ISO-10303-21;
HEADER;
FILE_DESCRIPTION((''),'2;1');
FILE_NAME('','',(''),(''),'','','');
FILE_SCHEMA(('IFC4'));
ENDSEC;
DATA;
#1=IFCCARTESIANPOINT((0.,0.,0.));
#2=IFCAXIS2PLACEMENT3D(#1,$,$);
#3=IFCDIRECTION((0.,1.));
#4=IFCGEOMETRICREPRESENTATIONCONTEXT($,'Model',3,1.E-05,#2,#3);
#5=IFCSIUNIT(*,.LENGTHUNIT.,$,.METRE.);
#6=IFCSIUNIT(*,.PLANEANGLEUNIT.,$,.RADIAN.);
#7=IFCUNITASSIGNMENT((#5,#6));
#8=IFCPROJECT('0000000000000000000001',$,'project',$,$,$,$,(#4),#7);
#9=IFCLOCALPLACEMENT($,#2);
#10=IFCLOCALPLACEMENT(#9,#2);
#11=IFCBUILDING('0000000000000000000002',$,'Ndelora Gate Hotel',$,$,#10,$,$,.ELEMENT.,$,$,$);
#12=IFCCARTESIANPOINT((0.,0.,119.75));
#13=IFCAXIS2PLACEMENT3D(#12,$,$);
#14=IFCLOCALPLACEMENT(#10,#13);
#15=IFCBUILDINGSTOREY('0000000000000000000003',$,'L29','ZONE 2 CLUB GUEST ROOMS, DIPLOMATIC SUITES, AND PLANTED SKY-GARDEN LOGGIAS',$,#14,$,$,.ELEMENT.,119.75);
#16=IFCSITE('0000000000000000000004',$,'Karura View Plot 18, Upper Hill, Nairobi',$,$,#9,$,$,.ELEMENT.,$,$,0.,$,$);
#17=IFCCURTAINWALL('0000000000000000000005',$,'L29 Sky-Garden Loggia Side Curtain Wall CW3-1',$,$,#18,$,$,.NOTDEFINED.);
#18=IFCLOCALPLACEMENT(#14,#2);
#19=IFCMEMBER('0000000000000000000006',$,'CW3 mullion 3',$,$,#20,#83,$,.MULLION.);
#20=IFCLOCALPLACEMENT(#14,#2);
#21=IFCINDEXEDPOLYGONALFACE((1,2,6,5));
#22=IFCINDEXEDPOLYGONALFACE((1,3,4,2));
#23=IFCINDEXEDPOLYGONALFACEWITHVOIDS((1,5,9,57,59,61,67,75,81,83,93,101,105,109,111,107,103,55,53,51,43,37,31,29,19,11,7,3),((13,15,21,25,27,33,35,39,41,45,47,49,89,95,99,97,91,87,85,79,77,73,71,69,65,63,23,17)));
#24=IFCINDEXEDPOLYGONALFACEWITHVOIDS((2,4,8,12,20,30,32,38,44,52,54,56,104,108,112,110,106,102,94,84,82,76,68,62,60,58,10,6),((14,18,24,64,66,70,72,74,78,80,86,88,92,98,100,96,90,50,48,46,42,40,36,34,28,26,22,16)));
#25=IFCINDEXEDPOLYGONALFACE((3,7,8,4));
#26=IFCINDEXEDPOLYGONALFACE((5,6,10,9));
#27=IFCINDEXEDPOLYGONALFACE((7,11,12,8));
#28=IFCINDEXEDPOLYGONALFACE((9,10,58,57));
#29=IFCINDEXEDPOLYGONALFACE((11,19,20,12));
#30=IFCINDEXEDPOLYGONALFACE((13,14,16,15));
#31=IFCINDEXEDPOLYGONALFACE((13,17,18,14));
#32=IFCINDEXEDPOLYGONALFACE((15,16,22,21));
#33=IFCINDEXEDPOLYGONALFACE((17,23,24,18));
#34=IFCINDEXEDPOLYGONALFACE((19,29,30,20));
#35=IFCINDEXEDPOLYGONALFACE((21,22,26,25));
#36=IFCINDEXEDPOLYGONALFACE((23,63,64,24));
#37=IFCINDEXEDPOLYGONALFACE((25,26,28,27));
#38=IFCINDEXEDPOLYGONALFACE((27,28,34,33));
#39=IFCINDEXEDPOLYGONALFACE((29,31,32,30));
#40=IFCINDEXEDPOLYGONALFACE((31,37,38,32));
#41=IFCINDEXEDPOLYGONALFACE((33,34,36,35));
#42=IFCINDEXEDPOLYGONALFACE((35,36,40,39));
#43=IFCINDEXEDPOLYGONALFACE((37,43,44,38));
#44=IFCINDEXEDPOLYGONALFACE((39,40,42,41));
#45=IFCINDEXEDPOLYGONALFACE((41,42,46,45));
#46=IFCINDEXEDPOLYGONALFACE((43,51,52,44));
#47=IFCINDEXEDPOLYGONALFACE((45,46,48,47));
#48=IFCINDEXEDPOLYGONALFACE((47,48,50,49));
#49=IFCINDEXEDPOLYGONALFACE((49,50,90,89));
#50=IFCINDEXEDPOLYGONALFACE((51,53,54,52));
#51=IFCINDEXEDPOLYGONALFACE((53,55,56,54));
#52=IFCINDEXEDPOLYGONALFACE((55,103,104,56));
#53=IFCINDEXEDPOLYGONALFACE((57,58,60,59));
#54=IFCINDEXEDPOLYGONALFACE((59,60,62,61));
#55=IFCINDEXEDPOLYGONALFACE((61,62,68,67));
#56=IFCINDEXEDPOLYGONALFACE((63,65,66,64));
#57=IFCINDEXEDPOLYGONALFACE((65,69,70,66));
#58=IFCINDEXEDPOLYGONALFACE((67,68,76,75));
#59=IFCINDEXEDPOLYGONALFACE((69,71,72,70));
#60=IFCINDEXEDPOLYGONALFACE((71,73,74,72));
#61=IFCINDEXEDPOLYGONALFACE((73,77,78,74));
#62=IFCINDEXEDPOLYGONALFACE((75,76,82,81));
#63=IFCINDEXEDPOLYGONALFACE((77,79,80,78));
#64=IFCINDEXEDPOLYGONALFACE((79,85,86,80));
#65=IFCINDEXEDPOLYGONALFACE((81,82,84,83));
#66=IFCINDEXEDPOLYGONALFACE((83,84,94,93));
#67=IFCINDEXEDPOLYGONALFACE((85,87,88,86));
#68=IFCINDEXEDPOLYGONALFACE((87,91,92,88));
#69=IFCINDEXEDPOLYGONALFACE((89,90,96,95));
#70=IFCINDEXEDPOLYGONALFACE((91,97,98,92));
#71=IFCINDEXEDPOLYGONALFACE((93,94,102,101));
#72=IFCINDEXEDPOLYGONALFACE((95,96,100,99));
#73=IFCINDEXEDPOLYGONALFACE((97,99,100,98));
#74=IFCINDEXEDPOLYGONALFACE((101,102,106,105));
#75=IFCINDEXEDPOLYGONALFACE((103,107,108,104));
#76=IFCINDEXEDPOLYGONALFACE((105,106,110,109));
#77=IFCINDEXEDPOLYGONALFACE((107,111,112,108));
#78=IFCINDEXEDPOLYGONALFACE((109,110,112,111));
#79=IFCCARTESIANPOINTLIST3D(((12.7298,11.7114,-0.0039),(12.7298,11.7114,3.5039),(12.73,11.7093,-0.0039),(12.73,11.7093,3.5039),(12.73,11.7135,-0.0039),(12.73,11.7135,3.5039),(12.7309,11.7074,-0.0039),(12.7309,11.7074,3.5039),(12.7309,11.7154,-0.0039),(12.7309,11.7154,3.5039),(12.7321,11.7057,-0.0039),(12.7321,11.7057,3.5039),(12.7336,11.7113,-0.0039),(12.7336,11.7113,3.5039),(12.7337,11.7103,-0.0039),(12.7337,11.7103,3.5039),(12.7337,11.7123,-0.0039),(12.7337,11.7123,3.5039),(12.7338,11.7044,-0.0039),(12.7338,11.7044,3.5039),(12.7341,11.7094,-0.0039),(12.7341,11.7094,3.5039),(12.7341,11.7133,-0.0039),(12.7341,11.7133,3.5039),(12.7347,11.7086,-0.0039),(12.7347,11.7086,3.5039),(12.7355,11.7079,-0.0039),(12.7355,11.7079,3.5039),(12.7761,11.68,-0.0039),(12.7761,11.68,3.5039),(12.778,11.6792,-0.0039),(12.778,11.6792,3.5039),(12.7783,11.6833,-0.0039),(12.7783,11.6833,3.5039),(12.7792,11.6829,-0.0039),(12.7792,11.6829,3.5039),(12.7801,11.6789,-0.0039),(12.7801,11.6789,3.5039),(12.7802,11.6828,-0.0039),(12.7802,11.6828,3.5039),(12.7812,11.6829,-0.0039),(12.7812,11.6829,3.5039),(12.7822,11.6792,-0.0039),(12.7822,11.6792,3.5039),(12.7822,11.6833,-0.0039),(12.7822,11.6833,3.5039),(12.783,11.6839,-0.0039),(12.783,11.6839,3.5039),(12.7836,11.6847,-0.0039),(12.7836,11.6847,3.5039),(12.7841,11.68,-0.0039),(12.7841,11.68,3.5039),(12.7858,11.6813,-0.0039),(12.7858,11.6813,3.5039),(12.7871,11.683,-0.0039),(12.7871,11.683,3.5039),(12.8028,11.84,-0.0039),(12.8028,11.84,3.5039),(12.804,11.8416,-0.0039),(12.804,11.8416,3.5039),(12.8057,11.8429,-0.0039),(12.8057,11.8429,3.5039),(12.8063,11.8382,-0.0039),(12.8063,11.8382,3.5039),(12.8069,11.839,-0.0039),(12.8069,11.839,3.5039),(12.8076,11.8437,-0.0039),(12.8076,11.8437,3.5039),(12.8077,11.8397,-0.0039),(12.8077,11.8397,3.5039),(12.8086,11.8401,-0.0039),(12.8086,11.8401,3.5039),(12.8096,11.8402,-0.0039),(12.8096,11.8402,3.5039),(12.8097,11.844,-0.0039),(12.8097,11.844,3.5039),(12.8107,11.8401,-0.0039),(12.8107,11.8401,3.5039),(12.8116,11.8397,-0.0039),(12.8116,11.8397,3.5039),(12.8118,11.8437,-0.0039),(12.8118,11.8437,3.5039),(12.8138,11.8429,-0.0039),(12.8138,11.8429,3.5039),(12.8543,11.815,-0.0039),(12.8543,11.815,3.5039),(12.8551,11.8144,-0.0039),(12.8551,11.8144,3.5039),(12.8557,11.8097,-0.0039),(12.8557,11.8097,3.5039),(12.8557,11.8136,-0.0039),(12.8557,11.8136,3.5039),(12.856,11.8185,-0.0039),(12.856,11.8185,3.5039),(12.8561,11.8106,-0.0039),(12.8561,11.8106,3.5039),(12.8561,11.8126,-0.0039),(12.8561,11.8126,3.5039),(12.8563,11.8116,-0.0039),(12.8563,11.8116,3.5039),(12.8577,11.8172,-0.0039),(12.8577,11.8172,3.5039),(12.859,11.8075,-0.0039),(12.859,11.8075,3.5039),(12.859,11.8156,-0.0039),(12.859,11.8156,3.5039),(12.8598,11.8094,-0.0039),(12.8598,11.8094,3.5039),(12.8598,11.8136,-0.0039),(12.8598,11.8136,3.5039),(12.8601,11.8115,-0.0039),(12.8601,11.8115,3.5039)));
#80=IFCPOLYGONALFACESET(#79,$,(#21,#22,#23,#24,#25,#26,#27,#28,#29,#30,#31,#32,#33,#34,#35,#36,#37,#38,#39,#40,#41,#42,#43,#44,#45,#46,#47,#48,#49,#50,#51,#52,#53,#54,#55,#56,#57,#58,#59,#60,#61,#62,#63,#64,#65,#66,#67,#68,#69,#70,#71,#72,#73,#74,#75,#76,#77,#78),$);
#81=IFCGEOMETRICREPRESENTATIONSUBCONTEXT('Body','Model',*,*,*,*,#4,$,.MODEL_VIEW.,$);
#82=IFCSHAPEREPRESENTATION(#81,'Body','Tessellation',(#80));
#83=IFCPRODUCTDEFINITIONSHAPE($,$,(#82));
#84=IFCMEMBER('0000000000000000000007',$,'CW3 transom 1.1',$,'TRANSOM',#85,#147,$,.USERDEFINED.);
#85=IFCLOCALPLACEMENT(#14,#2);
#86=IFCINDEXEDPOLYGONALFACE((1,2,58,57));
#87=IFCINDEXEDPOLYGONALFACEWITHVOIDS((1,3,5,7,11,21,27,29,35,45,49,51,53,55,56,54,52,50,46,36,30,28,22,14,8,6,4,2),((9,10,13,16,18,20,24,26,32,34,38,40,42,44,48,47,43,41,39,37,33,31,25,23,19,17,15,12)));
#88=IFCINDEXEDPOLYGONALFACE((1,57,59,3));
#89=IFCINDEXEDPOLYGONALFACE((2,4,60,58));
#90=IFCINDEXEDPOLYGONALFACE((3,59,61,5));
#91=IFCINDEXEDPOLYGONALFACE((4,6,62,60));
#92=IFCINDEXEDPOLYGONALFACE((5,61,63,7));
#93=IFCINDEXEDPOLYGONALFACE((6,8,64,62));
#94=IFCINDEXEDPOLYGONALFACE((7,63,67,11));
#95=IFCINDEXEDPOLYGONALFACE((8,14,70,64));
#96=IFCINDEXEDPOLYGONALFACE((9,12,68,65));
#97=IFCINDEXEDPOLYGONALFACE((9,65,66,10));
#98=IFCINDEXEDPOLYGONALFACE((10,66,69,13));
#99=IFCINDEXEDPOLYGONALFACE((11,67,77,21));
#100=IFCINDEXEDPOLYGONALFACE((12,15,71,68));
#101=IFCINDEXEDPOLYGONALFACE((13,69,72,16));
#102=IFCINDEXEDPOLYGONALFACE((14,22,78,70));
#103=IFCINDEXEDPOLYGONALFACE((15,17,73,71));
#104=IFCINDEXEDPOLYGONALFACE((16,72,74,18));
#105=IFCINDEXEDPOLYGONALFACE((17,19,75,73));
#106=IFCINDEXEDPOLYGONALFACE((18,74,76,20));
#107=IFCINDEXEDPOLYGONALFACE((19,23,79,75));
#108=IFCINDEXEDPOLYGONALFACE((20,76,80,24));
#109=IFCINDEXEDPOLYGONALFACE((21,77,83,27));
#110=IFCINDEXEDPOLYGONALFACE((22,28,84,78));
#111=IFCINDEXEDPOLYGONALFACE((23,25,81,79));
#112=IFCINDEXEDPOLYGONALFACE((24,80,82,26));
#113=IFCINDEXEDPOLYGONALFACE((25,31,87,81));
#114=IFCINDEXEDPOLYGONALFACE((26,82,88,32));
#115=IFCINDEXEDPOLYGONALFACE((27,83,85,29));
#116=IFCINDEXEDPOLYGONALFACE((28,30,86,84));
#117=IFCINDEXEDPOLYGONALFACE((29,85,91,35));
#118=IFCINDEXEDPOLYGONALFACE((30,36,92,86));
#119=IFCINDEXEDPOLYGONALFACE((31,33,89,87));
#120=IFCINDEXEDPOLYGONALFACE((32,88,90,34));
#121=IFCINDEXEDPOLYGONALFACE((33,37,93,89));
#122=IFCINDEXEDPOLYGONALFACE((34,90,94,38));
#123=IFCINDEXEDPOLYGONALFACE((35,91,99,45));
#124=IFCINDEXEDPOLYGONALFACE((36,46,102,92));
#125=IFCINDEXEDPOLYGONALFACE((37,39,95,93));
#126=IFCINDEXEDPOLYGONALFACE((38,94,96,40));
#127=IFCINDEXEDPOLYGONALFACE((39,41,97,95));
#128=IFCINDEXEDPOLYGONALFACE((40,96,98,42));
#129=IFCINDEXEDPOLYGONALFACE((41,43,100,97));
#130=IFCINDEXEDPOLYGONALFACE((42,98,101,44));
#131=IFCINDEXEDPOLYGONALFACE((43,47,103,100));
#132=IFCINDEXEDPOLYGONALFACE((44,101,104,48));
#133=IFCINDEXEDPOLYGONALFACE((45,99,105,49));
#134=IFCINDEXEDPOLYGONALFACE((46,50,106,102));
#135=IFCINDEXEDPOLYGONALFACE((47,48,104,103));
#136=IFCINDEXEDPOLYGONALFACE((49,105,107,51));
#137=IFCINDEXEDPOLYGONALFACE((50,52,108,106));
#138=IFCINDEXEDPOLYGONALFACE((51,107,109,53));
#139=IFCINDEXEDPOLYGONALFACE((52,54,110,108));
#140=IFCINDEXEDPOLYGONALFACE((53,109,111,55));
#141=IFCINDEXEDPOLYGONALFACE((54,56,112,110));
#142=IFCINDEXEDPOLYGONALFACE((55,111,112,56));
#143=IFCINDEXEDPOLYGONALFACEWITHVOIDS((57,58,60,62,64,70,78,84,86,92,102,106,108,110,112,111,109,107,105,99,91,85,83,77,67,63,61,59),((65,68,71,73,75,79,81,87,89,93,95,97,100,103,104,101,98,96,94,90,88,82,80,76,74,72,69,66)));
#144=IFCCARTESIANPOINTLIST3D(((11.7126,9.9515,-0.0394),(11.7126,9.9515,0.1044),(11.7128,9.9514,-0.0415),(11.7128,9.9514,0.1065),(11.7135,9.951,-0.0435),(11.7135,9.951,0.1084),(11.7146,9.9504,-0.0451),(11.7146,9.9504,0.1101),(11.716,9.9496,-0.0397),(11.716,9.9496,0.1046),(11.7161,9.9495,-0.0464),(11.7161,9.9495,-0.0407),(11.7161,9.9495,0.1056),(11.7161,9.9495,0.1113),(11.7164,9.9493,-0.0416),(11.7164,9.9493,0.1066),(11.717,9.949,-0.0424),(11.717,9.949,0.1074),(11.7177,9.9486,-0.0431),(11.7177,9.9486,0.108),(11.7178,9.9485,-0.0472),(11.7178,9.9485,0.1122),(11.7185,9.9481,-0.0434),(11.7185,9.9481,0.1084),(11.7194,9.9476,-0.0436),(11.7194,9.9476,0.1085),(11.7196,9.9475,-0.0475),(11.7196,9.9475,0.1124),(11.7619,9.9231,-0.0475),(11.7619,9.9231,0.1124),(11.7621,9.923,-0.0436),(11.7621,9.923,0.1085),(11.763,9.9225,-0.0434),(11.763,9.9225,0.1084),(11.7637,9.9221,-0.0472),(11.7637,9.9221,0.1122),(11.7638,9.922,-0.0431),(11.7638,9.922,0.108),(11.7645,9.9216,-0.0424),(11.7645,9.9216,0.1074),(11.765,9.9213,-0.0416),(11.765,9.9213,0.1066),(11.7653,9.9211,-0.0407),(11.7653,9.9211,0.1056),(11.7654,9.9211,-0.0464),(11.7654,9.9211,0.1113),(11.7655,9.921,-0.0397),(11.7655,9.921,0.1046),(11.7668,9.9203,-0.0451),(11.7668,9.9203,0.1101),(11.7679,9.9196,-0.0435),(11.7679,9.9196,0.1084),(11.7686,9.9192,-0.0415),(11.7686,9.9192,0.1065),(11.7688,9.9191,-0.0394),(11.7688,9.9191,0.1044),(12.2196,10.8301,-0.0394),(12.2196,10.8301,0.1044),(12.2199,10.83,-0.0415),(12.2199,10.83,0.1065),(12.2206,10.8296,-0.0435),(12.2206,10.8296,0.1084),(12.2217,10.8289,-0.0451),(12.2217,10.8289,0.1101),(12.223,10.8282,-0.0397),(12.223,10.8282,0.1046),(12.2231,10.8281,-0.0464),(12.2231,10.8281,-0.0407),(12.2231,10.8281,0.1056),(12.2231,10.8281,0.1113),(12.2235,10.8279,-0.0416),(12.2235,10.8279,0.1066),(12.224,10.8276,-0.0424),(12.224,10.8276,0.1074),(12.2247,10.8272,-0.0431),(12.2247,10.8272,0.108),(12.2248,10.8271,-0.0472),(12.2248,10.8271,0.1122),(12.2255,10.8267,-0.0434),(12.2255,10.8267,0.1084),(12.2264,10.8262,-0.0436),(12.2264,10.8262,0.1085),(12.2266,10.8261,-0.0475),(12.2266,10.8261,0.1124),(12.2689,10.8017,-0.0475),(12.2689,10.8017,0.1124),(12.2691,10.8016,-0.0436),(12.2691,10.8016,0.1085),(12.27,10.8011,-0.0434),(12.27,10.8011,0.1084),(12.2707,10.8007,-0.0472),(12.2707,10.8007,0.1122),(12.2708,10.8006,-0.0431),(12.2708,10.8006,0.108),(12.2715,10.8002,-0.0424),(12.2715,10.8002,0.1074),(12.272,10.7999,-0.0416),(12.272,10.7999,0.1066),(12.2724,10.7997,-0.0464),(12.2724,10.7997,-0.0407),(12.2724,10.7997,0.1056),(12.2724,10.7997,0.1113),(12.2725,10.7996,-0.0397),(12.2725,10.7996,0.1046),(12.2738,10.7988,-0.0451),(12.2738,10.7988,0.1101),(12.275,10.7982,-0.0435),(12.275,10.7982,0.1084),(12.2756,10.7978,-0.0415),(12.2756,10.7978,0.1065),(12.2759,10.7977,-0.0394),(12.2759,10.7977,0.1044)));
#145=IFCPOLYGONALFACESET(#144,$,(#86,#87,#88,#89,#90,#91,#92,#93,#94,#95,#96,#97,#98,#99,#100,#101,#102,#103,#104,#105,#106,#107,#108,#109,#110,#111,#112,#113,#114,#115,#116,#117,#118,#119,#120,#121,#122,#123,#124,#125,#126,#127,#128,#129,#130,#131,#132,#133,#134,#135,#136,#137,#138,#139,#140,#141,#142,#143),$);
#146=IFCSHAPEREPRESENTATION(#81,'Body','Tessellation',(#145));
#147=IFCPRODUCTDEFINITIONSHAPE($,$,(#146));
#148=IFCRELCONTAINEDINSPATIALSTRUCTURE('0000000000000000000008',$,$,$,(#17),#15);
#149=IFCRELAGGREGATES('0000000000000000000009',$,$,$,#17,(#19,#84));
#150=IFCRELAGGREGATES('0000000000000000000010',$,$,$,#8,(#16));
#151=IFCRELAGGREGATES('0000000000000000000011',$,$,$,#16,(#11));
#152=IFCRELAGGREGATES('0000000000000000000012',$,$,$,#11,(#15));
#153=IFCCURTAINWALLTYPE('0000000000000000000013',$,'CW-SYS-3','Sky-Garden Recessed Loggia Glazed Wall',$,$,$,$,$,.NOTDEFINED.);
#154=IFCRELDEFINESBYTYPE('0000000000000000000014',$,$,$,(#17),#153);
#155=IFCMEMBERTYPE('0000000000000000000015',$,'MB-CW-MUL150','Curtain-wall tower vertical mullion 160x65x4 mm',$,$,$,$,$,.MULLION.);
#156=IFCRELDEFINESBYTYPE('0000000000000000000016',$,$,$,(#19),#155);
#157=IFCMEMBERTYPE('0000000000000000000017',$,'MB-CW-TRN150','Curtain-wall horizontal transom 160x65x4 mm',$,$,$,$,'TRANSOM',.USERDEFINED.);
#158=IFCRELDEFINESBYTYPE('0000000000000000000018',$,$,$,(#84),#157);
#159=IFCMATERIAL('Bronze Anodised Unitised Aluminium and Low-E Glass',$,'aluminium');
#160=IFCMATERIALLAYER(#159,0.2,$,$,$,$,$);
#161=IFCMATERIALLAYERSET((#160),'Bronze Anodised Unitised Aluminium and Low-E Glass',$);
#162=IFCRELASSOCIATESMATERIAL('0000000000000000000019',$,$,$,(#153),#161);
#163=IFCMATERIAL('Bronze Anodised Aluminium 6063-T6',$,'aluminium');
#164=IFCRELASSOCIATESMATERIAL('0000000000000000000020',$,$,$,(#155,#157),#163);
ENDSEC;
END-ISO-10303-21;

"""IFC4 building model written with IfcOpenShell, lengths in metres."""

from ifc_helpers import new_model, si_unit, direction, frame, origin, origin_2d, place, context, subcontext, project, spatial, hollow_rectangle, extrude, material, layer, layer_set, material_profile, profile_set, type_object, element, aggregate, save


model = new_model("IFC4")

# Units and contexts
model_context = context("Model", 3, precision=1e-05, world=origin(), true_north=direction((0.0, 1.0)))
body_context = subcontext(model_context, "Body", "Model", "MODEL_VIEW")
ifc_project = project(units=[si_unit("LENGTHUNIT", "METRE"), si_unit("PLANEANGLEUNIT", "RADIAN")], contexts=[model_context])

# Site, building, storey
site_placement = place(None, origin())
site = spatial("IfcSite", under=ifc_project, at=site_placement, Name="Karura View Plot 18, Upper Hill, Nairobi", CompositionType="ELEMENT", RefElevation=0.0)
building_placement = place(site_placement, origin())
building = spatial("IfcBuilding", under=site, at=building_placement, Name="Ndelora Gate Hotel", CompositionType="ELEMENT")
storey_placement = place(building_placement, frame((0.0, 0.0, 119.75)))
storey = spatial("IfcBuildingStorey", under=building, at=storey_placement, Name="L29", Description="ZONE 2 CLUB GUEST ROOMS, DIPLOMATIC SUITES, AND PLANTED SKY-GARDEN LOGGIAS", CompositionType="ELEMENT", Elevation=119.75)

# Curtain wall, members
ifc_material_1 = material(Name="Bronze Anodised Unitised Aluminium and Low-E Glass", Category="aluminium")
ifc_layer_1 = layer(ifc_material_1, 0.2)
ifc_layer_set_1 = layer_set([ifc_layer_1], Name="Bronze Anodised Unitised Aluminium and Low-E Glass")
curtain_wall_type = type_object("IfcCurtainWallType", Name="CW-SYS-3", Description="Sky-Garden Recessed Loggia Glazed Wall", PredefinedType="NOTDEFINED", material=ifc_layer_set_1)
curtain_wall_placement = place(storey_placement, origin())
curtain_wall = element("IfcCurtainWall", 1, at=curtain_wall_placement, inside=storey, type_object=curtain_wall_type, Name="L29 Sky-Garden Loggia Side Curtain Wall CW3-1", PredefinedType="NOTDEFINED")
ifc_material_2 = material(Name="Bronze Anodised Aluminium 6063-T6", Category="aluminium")
ifc_material_profile_1 = material_profile(ifc_material_2, hollow_rectangle(XDim=0.0649, YDim=0.1599, WallThickness=0.0039, InnerFilletRadius=0.0039, OuterFilletRadius=0.0081, at=origin_2d()), Name="ALU 160x65x4")
ifc_profile_set_1 = profile_set([ifc_material_profile_1], Name="Bronze Anodised Aluminium 6063-T6")
member_type_1 = type_object("IfcMemberType", Name="MB-CW-MUL150", Description="Curtain-wall tower vertical mullion 160x65x4 mm", PredefinedType="MULLION", material=ifc_profile_set_1)
member_1_placement = place(storey_placement, frame((12.7949, 11.7615, -0.0039), z_axis=(0.0, 0.0, 1.0), x_axis=(-0.866019, 0.500011, 0.0)))
member_1 = element("IfcMember", 2, at=member_1_placement, type_object=member_type_1, Name="CW3 mullion 3", PredefinedType="MULLION", context=body_context, shape_type="SweptSolid", body=[
    extrude(hollow_rectangle(XDim=0.0649, YDim=0.1599, WallThickness=0.0039, InnerFilletRadius=0.0039, OuterFilletRadius=0.0081, at=origin_2d()), origin(), (0.0, 0.0, 1.0), 3.5078),
])
ifc_material_profile_2 = material_profile(ifc_material_2, hollow_rectangle(XDim=0.0649, YDim=0.1599, WallThickness=0.0039, InnerFilletRadius=0.0039, OuterFilletRadius=0.0081, at=origin_2d()), Name="ALU 160x65x4")
ifc_profile_set_2 = profile_set([ifc_material_profile_2], Name="Bronze Anodised Aluminium 6063-T6")
member_type_2 = type_object("IfcMemberType", Name="MB-CW-TRN150", Description="Curtain-wall horizontal transom 160x65x4 mm", ElementType="TRANSOM", PredefinedType="USERDEFINED", material=ifc_profile_set_2)
member_2_placement = place(storey_placement, frame((11.7407, 9.9353, 0.0325), z_axis=(0.499841, 0.866117, 0.0), x_axis=(-0.866117, 0.499841, 0.0)))
member_2 = element("IfcMember", 3, at=member_2_placement, type_object=member_type_2, Name="CW3 transom 1.1", ObjectType="TRANSOM", PredefinedType="USERDEFINED", context=body_context, shape_type="SweptSolid", body=[
    extrude(hollow_rectangle(XDim=0.0649, YDim=0.1599, WallThickness=0.0039, InnerFilletRadius=0.0039, OuterFilletRadius=0.0081, at=origin_2d()), origin(), (0.0, 0.0, 1.0), 1.0144),
])
aggregate(curtain_wall, [member_1, member_2])

save(model, "model.ifc")
